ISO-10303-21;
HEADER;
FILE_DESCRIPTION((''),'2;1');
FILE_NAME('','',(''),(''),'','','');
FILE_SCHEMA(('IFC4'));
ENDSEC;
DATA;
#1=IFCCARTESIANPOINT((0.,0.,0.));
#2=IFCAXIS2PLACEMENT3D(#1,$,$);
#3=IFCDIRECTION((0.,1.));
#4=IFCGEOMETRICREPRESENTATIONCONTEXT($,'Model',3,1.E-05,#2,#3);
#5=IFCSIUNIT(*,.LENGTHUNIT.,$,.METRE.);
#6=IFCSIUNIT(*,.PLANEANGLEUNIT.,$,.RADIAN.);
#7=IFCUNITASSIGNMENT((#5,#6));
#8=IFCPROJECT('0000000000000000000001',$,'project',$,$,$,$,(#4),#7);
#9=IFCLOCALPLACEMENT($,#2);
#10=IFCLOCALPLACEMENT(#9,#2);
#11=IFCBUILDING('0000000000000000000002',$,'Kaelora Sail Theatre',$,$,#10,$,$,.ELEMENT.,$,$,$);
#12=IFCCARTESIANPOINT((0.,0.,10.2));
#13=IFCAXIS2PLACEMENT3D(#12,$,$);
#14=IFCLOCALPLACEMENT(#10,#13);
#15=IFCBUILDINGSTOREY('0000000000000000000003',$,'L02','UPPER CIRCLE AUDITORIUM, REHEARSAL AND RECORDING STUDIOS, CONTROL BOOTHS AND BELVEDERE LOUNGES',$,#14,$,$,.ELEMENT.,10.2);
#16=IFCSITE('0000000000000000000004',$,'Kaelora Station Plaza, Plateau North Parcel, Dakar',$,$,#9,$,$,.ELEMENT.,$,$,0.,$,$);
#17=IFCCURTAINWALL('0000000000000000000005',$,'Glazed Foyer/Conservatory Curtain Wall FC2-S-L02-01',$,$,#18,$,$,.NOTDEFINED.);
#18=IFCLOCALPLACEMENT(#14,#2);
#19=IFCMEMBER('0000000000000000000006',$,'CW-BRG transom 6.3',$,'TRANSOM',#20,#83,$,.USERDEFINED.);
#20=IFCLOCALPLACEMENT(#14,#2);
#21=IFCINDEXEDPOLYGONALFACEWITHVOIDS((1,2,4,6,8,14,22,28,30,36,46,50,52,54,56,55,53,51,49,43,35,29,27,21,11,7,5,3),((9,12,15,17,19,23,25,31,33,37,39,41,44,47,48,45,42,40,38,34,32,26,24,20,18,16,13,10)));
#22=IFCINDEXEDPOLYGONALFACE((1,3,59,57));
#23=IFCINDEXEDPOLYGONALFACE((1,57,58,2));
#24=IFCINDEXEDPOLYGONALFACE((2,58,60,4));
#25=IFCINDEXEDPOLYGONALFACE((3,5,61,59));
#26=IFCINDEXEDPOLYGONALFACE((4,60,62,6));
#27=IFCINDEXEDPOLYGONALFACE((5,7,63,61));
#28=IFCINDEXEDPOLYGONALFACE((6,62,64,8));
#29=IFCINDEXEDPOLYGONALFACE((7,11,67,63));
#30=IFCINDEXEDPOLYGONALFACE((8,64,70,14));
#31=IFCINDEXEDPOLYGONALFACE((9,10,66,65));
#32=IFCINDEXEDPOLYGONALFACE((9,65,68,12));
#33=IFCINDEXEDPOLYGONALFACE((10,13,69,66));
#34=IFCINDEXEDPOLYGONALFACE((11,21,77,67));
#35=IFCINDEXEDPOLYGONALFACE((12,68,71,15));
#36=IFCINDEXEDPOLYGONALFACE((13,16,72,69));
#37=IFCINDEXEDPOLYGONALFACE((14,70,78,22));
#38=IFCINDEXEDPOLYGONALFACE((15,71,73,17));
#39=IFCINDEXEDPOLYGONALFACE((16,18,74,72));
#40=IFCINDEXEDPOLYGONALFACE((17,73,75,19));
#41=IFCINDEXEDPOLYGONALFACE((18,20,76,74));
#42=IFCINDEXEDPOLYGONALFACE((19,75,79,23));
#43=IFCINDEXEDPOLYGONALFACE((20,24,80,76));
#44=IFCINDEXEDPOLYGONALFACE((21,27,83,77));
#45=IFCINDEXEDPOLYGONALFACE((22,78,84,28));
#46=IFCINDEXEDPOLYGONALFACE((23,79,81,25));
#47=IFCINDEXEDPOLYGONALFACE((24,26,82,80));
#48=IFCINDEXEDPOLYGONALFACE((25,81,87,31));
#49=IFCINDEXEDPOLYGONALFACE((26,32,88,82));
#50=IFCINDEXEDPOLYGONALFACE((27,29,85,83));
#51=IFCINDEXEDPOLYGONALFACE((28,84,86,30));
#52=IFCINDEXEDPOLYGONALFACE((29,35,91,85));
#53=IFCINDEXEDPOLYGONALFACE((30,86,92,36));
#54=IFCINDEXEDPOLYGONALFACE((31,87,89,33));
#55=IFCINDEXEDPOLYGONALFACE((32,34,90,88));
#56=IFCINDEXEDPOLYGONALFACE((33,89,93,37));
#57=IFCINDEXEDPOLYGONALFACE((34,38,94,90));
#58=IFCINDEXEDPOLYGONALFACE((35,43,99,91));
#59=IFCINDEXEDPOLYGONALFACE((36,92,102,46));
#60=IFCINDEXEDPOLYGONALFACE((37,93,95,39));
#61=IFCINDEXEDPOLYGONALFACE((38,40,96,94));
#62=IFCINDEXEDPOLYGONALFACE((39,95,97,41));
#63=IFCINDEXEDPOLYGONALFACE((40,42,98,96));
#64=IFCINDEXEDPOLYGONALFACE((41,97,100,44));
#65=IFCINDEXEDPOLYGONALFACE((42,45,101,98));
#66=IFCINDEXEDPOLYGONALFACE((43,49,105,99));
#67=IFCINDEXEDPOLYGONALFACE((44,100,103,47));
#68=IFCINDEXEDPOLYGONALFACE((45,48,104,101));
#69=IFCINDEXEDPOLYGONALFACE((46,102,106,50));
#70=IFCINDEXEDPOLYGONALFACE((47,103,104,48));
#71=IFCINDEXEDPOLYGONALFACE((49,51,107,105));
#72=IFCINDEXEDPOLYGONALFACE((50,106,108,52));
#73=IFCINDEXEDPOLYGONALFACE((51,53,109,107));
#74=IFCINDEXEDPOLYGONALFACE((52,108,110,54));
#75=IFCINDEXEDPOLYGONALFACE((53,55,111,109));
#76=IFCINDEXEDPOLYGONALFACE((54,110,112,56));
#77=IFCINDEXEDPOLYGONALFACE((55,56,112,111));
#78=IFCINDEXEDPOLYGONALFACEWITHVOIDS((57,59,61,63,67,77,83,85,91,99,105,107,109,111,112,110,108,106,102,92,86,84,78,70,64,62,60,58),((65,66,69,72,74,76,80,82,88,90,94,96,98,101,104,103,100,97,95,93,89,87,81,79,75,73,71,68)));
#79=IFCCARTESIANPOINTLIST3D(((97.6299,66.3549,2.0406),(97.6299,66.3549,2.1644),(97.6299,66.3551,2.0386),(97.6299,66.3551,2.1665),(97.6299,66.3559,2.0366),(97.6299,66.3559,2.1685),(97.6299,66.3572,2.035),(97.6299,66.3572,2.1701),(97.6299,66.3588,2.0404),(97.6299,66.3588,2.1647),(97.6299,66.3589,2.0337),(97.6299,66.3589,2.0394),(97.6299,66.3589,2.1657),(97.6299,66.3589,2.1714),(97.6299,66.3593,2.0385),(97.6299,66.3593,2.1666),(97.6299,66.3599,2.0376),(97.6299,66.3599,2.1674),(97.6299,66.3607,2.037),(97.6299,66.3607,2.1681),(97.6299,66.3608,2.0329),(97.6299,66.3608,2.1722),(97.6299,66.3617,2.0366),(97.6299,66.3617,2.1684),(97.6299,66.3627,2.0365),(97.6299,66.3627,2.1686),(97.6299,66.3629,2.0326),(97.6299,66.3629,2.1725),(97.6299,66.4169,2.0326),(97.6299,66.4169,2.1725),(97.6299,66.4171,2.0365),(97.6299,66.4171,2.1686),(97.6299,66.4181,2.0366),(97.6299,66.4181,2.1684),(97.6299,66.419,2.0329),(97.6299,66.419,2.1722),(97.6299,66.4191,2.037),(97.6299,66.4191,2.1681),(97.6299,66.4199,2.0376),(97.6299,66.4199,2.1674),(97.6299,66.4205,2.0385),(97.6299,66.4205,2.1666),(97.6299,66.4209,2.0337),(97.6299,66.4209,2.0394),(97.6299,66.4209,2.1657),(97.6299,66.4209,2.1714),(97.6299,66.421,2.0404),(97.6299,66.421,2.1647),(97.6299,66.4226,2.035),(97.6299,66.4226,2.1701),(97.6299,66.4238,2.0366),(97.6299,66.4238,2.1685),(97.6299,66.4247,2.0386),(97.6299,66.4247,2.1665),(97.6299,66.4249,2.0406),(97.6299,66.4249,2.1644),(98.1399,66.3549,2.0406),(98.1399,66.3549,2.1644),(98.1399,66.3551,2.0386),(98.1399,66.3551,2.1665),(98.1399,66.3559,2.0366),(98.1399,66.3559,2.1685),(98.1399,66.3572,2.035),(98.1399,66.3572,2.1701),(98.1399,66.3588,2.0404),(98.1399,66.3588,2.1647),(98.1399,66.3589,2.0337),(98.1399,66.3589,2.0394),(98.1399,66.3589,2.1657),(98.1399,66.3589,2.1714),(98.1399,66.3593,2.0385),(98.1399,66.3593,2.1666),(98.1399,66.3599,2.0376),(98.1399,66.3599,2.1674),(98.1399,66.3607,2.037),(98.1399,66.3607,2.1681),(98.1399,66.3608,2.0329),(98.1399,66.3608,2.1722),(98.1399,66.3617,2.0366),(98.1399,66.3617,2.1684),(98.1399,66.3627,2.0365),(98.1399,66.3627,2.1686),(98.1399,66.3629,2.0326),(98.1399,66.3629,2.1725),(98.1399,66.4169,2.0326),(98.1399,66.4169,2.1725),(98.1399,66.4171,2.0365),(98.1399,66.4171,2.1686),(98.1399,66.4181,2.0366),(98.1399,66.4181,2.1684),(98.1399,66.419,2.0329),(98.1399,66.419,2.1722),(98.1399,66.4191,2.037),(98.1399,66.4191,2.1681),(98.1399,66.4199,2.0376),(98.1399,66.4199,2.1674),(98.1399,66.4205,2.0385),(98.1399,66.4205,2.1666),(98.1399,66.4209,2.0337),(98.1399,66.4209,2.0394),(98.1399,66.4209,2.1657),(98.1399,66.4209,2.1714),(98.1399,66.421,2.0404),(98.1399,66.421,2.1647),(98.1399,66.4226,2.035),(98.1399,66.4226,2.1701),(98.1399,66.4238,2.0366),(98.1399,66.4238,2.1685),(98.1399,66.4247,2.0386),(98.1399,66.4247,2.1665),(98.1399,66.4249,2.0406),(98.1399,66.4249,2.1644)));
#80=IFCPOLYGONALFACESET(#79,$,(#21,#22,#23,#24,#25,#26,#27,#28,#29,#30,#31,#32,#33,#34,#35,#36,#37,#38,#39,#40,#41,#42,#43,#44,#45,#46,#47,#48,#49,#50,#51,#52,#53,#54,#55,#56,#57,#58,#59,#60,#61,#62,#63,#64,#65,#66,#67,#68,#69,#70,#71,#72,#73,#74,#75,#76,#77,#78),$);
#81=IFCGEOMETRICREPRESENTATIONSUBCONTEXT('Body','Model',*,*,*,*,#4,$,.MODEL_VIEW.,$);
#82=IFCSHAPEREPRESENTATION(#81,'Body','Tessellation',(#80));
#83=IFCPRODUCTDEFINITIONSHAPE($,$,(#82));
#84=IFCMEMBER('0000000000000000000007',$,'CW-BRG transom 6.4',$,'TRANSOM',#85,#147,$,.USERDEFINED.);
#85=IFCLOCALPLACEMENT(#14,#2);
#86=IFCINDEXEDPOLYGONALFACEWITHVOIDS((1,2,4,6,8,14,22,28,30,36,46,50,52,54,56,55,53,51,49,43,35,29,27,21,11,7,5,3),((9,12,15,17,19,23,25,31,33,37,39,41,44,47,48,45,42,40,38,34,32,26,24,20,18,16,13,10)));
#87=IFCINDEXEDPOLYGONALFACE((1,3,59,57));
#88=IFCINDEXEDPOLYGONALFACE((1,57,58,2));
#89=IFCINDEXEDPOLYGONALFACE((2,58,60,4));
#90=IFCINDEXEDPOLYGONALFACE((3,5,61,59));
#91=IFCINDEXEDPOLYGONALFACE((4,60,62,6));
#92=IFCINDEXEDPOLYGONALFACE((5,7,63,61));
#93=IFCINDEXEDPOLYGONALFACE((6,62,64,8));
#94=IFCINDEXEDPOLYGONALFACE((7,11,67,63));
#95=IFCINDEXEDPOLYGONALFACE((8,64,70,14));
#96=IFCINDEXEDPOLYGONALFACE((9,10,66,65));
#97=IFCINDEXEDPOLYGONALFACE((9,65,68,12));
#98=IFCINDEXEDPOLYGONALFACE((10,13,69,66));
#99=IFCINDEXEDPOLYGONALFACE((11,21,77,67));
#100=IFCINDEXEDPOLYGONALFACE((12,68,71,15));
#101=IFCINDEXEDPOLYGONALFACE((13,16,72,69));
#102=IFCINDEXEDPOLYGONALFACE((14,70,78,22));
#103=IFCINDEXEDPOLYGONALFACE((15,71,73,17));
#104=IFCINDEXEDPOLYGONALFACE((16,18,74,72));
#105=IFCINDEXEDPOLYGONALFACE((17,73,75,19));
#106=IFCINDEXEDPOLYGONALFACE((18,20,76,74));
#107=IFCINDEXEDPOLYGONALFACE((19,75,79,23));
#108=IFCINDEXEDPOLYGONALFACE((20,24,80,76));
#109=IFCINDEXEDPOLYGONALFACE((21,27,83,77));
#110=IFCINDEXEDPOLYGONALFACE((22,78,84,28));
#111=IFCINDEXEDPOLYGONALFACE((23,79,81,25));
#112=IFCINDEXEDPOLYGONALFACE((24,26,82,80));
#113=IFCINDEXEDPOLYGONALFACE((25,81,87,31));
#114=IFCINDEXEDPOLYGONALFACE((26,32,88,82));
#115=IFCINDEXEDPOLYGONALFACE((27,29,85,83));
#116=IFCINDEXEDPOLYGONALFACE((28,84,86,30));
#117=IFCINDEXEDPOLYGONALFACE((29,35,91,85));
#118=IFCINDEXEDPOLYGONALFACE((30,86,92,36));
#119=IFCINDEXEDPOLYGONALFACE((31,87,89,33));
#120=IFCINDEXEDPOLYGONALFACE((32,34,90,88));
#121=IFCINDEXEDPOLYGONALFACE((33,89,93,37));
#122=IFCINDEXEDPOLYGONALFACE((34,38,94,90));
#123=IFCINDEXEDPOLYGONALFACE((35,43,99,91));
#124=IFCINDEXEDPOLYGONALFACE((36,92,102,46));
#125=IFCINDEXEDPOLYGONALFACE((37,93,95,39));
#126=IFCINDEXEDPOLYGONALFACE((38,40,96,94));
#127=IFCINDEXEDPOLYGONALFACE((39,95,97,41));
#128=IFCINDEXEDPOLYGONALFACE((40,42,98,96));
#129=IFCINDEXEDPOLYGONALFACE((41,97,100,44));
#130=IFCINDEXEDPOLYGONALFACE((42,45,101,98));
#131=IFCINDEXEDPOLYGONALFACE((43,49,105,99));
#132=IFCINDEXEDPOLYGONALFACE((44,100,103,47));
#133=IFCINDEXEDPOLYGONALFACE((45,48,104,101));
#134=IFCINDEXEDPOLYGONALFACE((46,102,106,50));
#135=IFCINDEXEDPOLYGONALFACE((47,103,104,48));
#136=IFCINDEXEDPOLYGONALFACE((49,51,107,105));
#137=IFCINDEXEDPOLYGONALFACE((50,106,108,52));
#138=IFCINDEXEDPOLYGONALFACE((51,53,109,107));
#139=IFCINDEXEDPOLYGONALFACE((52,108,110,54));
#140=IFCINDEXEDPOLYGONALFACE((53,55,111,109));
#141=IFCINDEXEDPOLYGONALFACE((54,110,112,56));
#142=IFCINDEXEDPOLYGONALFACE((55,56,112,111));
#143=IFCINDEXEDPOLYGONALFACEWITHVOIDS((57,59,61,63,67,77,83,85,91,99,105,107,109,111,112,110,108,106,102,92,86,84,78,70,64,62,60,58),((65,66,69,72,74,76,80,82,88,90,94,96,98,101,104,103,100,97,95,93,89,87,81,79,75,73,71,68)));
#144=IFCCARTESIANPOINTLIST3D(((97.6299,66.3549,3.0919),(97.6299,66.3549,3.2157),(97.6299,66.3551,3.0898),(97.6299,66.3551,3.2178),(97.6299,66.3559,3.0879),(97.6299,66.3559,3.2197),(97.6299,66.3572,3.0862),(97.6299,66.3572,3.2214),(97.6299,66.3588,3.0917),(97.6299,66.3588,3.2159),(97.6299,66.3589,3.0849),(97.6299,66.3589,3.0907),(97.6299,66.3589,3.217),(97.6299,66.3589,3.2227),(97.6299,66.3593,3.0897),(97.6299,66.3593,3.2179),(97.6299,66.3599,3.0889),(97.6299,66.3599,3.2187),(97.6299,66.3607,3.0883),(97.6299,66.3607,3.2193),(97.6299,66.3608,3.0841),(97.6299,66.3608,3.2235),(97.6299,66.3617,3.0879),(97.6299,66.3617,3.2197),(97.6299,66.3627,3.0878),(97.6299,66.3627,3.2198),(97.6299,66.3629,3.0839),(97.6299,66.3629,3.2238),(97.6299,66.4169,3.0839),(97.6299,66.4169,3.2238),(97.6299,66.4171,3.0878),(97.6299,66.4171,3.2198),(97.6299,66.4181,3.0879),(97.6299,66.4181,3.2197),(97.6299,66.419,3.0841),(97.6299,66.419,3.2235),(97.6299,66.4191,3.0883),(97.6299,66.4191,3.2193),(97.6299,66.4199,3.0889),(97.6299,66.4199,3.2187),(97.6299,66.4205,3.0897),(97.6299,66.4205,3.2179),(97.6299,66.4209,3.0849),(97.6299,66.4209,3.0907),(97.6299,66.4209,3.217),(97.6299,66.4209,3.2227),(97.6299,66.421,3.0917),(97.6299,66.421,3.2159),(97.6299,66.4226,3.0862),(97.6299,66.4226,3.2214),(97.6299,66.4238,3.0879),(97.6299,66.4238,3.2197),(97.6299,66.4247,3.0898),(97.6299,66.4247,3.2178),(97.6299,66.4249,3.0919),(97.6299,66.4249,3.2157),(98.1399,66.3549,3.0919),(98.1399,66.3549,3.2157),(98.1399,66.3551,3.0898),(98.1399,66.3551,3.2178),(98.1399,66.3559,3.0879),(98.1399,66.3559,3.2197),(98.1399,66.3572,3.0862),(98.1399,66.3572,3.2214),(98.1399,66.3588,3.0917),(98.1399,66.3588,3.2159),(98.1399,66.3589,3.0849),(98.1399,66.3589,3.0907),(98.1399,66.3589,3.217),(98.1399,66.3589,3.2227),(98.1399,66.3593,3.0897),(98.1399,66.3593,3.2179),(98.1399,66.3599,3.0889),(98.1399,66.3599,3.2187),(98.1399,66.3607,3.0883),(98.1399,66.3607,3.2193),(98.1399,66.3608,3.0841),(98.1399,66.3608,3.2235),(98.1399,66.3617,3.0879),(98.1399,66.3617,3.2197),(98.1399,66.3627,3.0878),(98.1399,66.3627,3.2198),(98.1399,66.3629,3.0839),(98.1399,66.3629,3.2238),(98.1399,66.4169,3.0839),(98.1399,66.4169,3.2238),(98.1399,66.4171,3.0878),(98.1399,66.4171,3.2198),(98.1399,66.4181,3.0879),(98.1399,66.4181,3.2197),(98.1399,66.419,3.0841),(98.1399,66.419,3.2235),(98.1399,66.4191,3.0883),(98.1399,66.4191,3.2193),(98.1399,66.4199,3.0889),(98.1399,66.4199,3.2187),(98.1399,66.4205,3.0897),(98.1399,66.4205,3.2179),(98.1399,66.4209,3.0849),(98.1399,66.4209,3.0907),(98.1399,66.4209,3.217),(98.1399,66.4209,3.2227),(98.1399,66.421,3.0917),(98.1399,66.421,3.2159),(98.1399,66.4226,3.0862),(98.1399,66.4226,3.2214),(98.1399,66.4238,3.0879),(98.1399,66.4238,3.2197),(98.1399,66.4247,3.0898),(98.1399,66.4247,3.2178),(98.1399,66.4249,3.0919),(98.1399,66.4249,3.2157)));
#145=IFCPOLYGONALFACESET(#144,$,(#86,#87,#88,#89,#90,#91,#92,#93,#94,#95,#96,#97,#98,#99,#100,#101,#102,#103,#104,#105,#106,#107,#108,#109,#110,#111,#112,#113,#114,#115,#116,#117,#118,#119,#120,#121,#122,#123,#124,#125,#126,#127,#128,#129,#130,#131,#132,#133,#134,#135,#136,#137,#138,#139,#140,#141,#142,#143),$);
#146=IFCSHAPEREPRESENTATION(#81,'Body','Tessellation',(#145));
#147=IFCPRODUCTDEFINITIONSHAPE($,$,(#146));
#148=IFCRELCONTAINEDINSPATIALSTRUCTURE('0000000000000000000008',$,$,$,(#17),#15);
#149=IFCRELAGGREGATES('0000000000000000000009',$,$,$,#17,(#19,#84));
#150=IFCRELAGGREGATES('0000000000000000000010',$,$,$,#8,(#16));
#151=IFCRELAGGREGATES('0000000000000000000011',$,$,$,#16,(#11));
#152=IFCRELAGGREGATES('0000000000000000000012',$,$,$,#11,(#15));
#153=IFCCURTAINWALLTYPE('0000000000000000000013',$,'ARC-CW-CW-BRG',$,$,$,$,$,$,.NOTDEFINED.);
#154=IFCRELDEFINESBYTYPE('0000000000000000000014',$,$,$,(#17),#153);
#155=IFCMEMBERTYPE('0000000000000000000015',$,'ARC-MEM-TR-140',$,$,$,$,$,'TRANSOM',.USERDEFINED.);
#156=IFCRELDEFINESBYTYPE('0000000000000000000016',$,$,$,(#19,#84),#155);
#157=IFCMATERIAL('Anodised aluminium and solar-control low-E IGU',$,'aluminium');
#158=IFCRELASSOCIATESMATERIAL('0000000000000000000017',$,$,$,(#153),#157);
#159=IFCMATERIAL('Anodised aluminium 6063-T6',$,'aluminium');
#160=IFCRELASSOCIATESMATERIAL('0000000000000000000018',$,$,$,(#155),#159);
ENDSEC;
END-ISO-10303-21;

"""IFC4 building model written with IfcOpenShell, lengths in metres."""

from ifc_helpers import new_model, si_unit, direction, frame, origin, origin_2d, place, context, subcontext, project, spatial, hollow_rectangle, extrude, material, material_profile, profile_set, type_object, element, aggregate, save


model = new_model("IFC4")

# Units and contexts
model_context = context("Model", 3, precision=1e-05, world=origin(), true_north=direction((0.0, 1.0)))
body_context = subcontext(model_context, "Body", "Model", "MODEL_VIEW")
ifc_project = project(units=[si_unit("LENGTHUNIT", "METRE"), si_unit("PLANEANGLEUNIT", "RADIAN")], contexts=[model_context])

# Site, building, storey
site_placement = place(None, origin())
site = spatial("IfcSite", under=ifc_project, at=site_placement, Name="Kaelora Station Plaza, Plateau North Parcel, Dakar", CompositionType="ELEMENT", RefElevation=0.0)
building_placement = place(site_placement, origin())
building = spatial("IfcBuilding", under=site, at=building_placement, Name="Kaelora Sail Theatre", CompositionType="ELEMENT")
storey_placement = place(building_placement, frame((0.0, 0.0, 10.2)))
storey = spatial("IfcBuildingStorey", under=building, at=storey_placement, Name="L02", Description="UPPER CIRCLE AUDITORIUM, REHEARSAL AND RECORDING STUDIOS, CONTROL BOOTHS AND BELVEDERE LOUNGES", CompositionType="ELEMENT", Elevation=10.2)

# Curtain wall
ifc_material_1 = material(Name="Anodised aluminium and solar-control low-E IGU", Category="aluminium")
curtain_wall_type = type_object("IfcCurtainWallType", Name="ARC-CW-CW-BRG", PredefinedType="NOTDEFINED", material=ifc_material_1)
curtain_wall_1_placement = place(storey_placement, origin())
curtain_wall_1 = element("IfcCurtainWall", 1, at=curtain_wall_1_placement, inside=storey, type_object=curtain_wall_type, Name="Glazed Foyer/Conservatory Curtain Wall FC2-S-L02-01", PredefinedType="NOTDEFINED")

# Members
ifc_material_2 = material(Name="Anodised aluminium 6063-T6", Category="aluminium")
ifc_material_profile_1 = material_profile(ifc_material_2, hollow_rectangle(XDim=0.0701, YDim=0.1399, WallThickness=0.0039, InnerFilletRadius=0.0039, OuterFilletRadius=0.0081, at=origin_2d()), Name="ALU-TRAN 70x140x4")
ifc_profile_set_1 = profile_set([ifc_material_profile_1], Name="Anodised aluminium 6063-T6")
member_type_1 = type_object("IfcMemberType", Name="ARC-MEM-TR-140", ElementType="TRANSOM", PredefinedType="USERDEFINED", material=ifc_profile_set_1)
member_1_placement = place(storey_placement, frame((97.6299, 66.3899, 2.1025), z_axis=(1.0, 0.0, 0.0), x_axis=(0.0, 1.0, 0.0)))
member_1 = element("IfcMember", 2, at=member_1_placement, type_object=member_type_1, Name="CW-BRG transom 6.3", ObjectType="TRANSOM", PredefinedType="USERDEFINED", context=body_context, shape_type="SweptSolid", body=[
    extrude(hollow_rectangle(XDim=0.0701, YDim=0.1399, WallThickness=0.0039, InnerFilletRadius=0.0039, OuterFilletRadius=0.0081, at=origin_2d()), origin(), (0.0, 0.0, 1.0), 0.51),
])
member_2_placement = place(storey_placement, frame((97.6299, 66.3899, 3.1538), z_axis=(1.0, 0.0, 0.0), x_axis=(0.0, 1.0, 0.0)))
member_2 = element("IfcMember", 3, at=member_2_placement, type_object=member_type_1, Name="CW-BRG transom 6.4", ObjectType="TRANSOM", PredefinedType="USERDEFINED", context=body_context, shape_type="SweptSolid", body=[
    extrude(hollow_rectangle(XDim=0.0701, YDim=0.1399, WallThickness=0.0039, InnerFilletRadius=0.0039, OuterFilletRadius=0.0081, at=origin_2d()), origin(), (0.0, 0.0, 1.0), 0.51),
])

aggregate(curtain_wall_1, [member_1, member_2])

save(model, "model.ifc")
